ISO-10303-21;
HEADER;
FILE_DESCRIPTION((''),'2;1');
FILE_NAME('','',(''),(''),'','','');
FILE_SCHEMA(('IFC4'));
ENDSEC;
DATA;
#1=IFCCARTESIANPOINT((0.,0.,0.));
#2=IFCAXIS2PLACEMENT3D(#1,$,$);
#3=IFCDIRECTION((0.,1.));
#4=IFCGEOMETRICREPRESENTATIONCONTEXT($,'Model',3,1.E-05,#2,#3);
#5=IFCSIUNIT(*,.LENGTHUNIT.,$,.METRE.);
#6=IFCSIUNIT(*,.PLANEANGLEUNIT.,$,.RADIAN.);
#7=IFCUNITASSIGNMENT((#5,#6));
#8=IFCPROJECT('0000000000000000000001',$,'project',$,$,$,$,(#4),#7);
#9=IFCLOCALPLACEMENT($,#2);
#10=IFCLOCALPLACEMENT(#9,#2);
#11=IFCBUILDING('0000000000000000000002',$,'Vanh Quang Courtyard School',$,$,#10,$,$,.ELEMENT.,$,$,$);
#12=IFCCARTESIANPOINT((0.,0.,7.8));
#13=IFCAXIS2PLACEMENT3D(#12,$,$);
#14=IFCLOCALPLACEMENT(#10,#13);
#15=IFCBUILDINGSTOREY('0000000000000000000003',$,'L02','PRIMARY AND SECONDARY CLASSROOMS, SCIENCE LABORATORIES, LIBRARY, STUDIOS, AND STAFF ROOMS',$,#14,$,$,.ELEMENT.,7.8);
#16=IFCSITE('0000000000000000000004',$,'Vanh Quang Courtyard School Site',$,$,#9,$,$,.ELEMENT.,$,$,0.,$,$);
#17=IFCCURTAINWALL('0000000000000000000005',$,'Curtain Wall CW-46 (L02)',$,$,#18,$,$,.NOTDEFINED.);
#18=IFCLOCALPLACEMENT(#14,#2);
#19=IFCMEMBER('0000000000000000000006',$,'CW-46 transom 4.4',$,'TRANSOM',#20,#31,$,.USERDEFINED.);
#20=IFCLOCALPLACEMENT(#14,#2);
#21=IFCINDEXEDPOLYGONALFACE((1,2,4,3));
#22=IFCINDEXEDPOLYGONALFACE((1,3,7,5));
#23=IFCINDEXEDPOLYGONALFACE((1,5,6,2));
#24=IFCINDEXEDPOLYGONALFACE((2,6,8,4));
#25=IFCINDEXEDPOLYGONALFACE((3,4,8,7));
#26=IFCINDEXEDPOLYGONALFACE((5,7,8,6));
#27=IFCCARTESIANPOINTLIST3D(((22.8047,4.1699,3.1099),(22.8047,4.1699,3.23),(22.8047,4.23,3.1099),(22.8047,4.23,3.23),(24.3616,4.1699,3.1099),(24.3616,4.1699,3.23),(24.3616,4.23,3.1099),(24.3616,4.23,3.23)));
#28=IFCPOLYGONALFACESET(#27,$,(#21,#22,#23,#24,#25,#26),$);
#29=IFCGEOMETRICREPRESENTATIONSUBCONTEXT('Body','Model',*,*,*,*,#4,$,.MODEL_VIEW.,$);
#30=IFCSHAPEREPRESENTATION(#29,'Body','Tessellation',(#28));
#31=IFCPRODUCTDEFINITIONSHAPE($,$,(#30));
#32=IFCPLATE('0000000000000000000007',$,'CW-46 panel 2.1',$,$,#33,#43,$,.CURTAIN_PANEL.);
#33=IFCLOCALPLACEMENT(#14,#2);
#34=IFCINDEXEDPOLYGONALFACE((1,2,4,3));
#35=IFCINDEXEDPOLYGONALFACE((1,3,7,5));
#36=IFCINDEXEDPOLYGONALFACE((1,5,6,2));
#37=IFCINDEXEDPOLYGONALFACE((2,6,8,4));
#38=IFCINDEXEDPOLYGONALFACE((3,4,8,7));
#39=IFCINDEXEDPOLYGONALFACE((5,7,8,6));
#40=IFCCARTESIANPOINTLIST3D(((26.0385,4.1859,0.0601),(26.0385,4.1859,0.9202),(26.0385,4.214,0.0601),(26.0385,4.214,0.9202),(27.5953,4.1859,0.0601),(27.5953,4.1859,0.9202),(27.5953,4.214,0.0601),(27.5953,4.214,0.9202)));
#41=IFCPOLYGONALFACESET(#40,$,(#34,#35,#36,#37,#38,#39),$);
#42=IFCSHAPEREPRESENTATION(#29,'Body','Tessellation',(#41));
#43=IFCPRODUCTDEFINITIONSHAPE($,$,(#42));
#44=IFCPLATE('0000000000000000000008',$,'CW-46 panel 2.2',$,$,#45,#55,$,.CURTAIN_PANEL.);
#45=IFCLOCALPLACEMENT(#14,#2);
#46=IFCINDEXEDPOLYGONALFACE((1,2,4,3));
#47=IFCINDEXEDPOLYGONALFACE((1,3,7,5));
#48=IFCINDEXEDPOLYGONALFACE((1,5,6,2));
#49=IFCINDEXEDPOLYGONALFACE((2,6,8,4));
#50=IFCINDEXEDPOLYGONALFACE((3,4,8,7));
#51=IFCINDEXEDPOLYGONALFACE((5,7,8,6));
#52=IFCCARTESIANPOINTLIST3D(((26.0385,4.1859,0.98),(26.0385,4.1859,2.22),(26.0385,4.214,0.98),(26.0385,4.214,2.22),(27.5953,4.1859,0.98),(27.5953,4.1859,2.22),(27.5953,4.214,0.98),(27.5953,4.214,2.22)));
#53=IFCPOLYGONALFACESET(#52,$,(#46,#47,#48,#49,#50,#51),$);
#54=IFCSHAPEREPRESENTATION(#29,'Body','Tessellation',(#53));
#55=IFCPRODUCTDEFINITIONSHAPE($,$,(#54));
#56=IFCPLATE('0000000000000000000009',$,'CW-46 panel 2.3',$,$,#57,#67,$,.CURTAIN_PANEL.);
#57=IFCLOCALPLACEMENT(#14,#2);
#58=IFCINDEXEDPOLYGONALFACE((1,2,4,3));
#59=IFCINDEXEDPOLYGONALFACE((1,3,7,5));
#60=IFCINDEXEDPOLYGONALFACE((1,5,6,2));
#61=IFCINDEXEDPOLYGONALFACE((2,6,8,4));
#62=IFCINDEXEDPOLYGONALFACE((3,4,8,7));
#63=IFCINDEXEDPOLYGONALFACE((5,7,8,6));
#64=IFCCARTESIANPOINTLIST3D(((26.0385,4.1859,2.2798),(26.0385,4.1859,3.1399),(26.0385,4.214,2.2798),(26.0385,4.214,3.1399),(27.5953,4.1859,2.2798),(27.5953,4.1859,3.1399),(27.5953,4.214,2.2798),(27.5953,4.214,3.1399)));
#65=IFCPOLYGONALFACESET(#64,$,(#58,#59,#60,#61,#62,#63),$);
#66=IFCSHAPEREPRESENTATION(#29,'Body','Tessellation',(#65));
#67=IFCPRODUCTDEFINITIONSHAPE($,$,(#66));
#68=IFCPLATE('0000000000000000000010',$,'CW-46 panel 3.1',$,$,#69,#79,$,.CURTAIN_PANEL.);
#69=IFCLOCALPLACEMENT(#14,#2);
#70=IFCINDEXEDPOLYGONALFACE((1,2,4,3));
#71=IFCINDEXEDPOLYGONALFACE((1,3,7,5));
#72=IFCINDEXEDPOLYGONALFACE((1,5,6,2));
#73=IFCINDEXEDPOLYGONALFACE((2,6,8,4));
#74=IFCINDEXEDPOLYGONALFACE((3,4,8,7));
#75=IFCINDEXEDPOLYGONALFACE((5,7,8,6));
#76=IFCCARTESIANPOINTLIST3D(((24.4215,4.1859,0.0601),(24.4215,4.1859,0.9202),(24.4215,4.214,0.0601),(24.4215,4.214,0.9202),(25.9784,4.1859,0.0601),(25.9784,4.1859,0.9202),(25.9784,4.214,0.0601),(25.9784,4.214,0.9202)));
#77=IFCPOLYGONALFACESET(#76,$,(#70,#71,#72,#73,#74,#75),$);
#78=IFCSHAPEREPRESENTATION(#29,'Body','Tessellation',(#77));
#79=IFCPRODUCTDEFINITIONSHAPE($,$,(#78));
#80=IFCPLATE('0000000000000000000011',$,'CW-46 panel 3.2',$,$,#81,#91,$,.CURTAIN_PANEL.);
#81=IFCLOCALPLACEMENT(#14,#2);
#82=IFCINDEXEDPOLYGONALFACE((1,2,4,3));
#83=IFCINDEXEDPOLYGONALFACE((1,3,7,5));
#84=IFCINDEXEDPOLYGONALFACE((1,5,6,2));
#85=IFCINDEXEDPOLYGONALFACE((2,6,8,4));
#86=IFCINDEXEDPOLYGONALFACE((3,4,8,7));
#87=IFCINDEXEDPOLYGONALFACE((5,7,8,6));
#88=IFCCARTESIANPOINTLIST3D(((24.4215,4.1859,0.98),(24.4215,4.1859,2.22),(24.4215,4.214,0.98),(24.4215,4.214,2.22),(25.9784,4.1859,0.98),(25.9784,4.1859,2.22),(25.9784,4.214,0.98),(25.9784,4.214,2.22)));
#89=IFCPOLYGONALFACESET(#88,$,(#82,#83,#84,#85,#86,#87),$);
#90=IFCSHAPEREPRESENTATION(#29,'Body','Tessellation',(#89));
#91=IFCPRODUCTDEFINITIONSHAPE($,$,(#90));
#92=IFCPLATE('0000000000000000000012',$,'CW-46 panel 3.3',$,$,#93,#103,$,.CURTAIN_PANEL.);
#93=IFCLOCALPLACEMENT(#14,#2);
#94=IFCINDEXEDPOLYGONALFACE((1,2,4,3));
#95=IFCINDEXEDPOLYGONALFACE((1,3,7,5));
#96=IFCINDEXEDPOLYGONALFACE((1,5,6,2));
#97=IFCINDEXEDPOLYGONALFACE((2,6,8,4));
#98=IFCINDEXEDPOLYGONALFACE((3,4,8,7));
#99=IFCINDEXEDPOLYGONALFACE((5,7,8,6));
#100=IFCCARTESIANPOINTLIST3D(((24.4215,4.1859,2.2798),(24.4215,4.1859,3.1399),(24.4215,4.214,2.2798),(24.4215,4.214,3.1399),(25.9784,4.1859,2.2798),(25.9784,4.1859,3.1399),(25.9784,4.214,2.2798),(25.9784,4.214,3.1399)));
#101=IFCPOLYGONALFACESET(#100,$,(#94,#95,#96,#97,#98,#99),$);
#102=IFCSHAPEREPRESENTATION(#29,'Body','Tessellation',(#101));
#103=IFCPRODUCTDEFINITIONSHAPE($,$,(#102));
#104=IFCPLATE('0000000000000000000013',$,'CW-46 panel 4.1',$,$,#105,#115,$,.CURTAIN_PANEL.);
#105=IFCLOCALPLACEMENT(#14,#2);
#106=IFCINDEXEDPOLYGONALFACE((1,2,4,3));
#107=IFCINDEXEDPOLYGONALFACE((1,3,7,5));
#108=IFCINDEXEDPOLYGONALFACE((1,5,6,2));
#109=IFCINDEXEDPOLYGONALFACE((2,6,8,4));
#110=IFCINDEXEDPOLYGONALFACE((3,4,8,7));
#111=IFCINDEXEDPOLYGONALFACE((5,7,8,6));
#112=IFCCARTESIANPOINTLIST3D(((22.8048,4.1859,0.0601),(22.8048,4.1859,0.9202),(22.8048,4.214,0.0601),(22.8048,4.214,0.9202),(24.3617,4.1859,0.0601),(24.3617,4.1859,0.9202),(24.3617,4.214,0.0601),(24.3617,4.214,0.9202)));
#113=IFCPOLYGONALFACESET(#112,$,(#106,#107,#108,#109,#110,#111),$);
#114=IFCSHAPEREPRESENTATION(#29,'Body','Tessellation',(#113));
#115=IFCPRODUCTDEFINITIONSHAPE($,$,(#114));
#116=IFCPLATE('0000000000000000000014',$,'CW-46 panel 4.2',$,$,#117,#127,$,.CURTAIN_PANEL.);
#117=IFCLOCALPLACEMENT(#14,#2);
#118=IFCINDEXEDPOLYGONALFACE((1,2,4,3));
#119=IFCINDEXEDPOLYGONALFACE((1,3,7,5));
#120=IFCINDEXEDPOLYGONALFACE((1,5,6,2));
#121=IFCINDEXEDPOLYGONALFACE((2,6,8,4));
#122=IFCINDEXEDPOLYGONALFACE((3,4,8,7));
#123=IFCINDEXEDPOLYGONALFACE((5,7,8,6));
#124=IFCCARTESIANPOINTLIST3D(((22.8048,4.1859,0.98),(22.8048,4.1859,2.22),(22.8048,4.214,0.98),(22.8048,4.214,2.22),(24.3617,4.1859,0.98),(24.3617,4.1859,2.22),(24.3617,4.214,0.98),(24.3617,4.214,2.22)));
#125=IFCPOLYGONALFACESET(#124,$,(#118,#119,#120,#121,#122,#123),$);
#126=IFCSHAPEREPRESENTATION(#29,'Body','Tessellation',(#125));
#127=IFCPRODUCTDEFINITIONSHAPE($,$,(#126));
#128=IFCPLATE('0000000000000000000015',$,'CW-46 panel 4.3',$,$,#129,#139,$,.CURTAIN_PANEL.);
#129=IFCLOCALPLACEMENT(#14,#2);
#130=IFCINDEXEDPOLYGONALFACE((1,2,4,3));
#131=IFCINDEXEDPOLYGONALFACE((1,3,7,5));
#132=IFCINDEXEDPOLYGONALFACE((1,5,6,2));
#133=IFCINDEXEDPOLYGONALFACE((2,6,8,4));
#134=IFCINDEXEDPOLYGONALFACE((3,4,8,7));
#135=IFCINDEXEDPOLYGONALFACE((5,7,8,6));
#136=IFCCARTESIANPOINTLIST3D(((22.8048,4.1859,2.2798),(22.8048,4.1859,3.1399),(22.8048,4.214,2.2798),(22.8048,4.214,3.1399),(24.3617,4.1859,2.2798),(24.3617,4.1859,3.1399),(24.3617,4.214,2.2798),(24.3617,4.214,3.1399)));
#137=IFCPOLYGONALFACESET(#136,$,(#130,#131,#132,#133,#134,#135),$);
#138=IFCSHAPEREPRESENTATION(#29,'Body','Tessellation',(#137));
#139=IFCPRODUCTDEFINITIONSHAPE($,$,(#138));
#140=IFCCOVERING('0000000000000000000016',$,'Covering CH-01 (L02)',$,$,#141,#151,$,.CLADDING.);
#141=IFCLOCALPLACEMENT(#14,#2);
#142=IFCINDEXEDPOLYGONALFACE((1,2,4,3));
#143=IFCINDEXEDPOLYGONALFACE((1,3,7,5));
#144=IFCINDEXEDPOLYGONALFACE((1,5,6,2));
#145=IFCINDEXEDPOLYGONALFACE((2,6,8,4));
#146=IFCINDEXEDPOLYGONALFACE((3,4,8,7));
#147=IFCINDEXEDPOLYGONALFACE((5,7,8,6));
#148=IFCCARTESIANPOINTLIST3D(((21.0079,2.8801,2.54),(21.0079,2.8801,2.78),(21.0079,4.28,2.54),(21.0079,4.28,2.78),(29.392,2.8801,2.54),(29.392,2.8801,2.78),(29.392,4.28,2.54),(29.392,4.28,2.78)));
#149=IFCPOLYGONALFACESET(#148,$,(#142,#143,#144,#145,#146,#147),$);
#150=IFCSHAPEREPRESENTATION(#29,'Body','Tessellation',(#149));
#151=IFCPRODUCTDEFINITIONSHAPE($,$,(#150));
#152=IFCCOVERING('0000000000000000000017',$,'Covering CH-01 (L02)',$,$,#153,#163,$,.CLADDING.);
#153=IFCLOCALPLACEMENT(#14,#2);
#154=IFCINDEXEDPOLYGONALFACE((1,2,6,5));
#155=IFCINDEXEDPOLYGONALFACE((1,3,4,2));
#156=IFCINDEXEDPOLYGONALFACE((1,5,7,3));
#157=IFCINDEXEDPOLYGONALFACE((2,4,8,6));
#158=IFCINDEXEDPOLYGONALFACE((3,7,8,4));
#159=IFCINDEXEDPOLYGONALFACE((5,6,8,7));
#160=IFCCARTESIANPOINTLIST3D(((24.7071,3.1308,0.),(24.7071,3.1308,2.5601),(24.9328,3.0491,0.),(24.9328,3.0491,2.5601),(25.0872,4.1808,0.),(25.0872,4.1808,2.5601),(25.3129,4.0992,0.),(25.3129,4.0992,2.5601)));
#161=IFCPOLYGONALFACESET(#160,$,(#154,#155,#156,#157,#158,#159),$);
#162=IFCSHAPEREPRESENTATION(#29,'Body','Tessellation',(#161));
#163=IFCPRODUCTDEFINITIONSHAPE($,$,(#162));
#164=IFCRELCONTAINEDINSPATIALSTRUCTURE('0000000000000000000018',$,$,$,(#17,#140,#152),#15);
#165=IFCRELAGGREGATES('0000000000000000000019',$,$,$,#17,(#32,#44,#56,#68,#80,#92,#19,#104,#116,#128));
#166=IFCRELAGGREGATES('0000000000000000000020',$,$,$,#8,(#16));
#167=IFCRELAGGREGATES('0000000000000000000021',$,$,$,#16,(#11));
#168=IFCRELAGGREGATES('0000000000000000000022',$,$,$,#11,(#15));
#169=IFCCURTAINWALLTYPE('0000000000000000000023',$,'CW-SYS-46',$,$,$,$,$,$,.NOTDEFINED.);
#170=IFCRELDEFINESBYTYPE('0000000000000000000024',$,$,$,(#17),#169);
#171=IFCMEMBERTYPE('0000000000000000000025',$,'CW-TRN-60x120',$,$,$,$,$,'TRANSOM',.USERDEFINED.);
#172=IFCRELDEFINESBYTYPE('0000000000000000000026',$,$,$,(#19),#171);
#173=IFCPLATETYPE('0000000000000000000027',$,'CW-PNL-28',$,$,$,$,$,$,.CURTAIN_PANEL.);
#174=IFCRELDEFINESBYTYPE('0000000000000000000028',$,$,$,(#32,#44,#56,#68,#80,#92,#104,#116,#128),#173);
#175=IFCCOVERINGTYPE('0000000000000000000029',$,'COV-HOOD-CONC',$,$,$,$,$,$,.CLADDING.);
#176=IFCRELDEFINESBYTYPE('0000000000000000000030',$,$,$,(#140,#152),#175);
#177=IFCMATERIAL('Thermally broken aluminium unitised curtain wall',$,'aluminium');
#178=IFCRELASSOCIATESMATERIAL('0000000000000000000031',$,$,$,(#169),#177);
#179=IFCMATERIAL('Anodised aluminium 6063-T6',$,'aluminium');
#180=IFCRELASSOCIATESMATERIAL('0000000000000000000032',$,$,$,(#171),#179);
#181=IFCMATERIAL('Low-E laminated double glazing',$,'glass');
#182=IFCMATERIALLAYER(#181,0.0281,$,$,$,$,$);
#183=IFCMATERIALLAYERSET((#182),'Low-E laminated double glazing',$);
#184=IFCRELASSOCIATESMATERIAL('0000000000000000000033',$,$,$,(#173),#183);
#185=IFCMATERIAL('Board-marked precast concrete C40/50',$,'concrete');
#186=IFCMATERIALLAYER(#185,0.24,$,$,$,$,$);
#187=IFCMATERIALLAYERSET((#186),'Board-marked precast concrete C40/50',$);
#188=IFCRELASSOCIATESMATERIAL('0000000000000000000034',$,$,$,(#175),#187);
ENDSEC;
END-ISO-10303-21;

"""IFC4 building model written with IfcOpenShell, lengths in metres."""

from ifc_helpers import new_model, si_unit, direction, frame, origin, origin_2d, place, context, subcontext, project, spatial, rectangle, extrude, material, layer, layer_set, material_profile, profile_set, type_object, element, aggregate, save


model = new_model("IFC4")

# Units and contexts
model_context = context("Model", 3, precision=1e-05, world=origin(), true_north=direction((0.0, 1.0)))
body_context = subcontext(model_context, "Body", "Model", "MODEL_VIEW")
ifc_project = project(units=[si_unit("LENGTHUNIT", "METRE"), si_unit("PLANEANGLEUNIT", "RADIAN")], contexts=[model_context])

# Site, building, storey
site_placement = place(None, origin())
site = spatial("IfcSite", under=ifc_project, at=site_placement, Name="Vanh Quang Courtyard School Site", CompositionType="ELEMENT", RefElevation=0.0)
building_placement = place(site_placement, origin())
building = spatial("IfcBuilding", under=site, at=building_placement, Name="Vanh Quang Courtyard School", CompositionType="ELEMENT")
storey_placement = place(building_placement, frame((0.0, 0.0, 7.8)))
storey = spatial("IfcBuildingStorey", under=building, at=storey_placement, Name="L02", Description="PRIMARY AND SECONDARY CLASSROOMS, SCIENCE LABORATORIES, LIBRARY, STUDIOS, AND STAFF ROOMS", CompositionType="ELEMENT", Elevation=7.8)

# Curtain wall, member, plates
ifc_material_1 = material(Name="Thermally broken aluminium unitised curtain wall", Category="aluminium")
curtain_wall_type = type_object("IfcCurtainWallType", Name="CW-SYS-46", PredefinedType="NOTDEFINED", material=ifc_material_1)
curtain_wall_placement = place(storey_placement, origin())
curtain_wall = element("IfcCurtainWall", 1, at=curtain_wall_placement, inside=storey, type_object=curtain_wall_type, Name="Curtain Wall CW-46 (L02)", PredefinedType="NOTDEFINED")
ifc_material_2 = material(Name="Anodised aluminium 6063-T6", Category="aluminium")
ifc_material_profile_1 = material_profile(ifc_material_2, rectangle(XDim=0.0601, YDim=0.1201, at=origin_2d()), Name="ALU-TRN 60x120")
ifc_profile_set_1 = profile_set([ifc_material_profile_1], Name="Anodised aluminium 6063-T6")
member_type_1 = type_object("IfcMemberType", Name="CW-TRN-60x120", ElementType="TRANSOM", PredefinedType="USERDEFINED", material=ifc_profile_set_1)
member_1_placement = place(storey_placement, frame((24.3616, 4.2, 3.1699), z_axis=(-1.0, 0.0, 0.0), x_axis=(0.0, -1.0, 0.0)))
member_1 = element("IfcMember", 2, at=member_1_placement, type_object=member_type_1, Name="CW-46 transom 4.4", ObjectType="TRANSOM", PredefinedType="USERDEFINED", context=body_context, shape_type="SweptSolid", body=[
    extrude(rectangle(XDim=0.0601, YDim=0.1201, at=origin_2d()), origin(), (0.0, 0.0, 1.0), 1.5569),
])
ifc_material_3 = material(Name="Low-E laminated double glazing", Category="glass")
ifc_layer_1 = layer(ifc_material_3, 0.0281)
ifc_layer_set_1 = layer_set([ifc_layer_1], Name="Low-E laminated double glazing")
plate_type = type_object("IfcPlateType", Name="CW-PNL-28", PredefinedType="CURTAIN_PANEL", material=ifc_layer_set_1)
plate_1_placement = place(storey_placement, frame((26.8169, 4.2, 0.0601), z_axis=(0.0, 0.0, 1.0), x_axis=(-1.0, 0.0, 0.0)))
plate_1 = element("IfcPlate", 3, at=plate_1_placement, type_object=plate_type, Name="CW-46 panel 2.1", PredefinedType="CURTAIN_PANEL", context=body_context, shape_type="SweptSolid", body=[
    extrude(rectangle(XDim=1.5569, YDim=0.0281, at=origin_2d()), origin(), (0.0, 0.0, 1.0), 0.8601),
])
plate_2_placement = place(storey_placement, frame((26.8169, 4.2, 0.98), z_axis=(0.0, 0.0, 1.0), x_axis=(-1.0, 0.0, 0.0)))
plate_2 = element("IfcPlate", 4, at=plate_2_placement, type_object=plate_type, Name="CW-46 panel 2.2", PredefinedType="CURTAIN_PANEL", context=body_context, shape_type="SweptSolid", body=[
    extrude(rectangle(XDim=1.5569, YDim=0.0281, at=origin_2d()), origin(), (0.0, 0.0, 1.0), 1.24),
])
plate_3_placement = place(storey_placement, frame((26.8169, 4.2, 2.2798), z_axis=(0.0, 0.0, 1.0), x_axis=(-1.0, 0.0, 0.0)))
plate_3 = element("IfcPlate", 5, at=plate_3_placement, type_object=plate_type, Name="CW-46 panel 2.3", PredefinedType="CURTAIN_PANEL", context=body_context, shape_type="SweptSolid", body=[
    extrude(rectangle(XDim=1.5569, YDim=0.0281, at=origin_2d()), origin(), (0.0, 0.0, 1.0), 0.8601),
])
plate_4_placement = place(storey_placement, frame((25.2, 4.2, 0.0601), z_axis=(0.0, 0.0, 1.0), x_axis=(-1.0, 0.0, 0.0)))
plate_4 = element("IfcPlate", 6, at=plate_4_placement, type_object=plate_type, Name="CW-46 panel 3.1", PredefinedType="CURTAIN_PANEL", context=body_context, shape_type="SweptSolid", body=[
    extrude(rectangle(XDim=1.5569, YDim=0.0281, at=origin_2d()), origin(), (0.0, 0.0, 1.0), 0.8601),
])
plate_5_placement = place(storey_placement, frame((25.2, 4.2, 0.98), z_axis=(0.0, 0.0, 1.0), x_axis=(-1.0, 0.0, 0.0)))
plate_5 = element("IfcPlate", 7, at=plate_5_placement, type_object=plate_type, Name="CW-46 panel 3.2", PredefinedType="CURTAIN_PANEL", context=body_context, shape_type="SweptSolid", body=[
    extrude(rectangle(XDim=1.5569, YDim=0.0281, at=origin_2d()), origin(), (0.0, 0.0, 1.0), 1.24),
])
plate_6_placement = place(storey_placement, frame((25.2, 4.2, 2.2798), z_axis=(0.0, 0.0, 1.0), x_axis=(-1.0, 0.0, 0.0)))
plate_6 = element("IfcPlate", 8, at=plate_6_placement, type_object=plate_type, Name="CW-46 panel 3.3", PredefinedType="CURTAIN_PANEL", context=body_context, shape_type="SweptSolid", body=[
    extrude(rectangle(XDim=1.5569, YDim=0.0281, at=origin_2d()), origin(), (0.0, 0.0, 1.0), 0.8601),
])
plate_7_placement = place(storey_placement, frame((23.5833, 4.2, 0.0601), z_axis=(0.0, 0.0, 1.0), x_axis=(-1.0, 0.0, 0.0)))
plate_7 = element("IfcPlate", 9, at=plate_7_placement, type_object=plate_type, Name="CW-46 panel 4.1", PredefinedType="CURTAIN_PANEL", context=body_context, shape_type="SweptSolid", body=[
    extrude(rectangle(XDim=1.5569, YDim=0.0281, at=origin_2d()), origin(), (0.0, 0.0, 1.0), 0.8601),
])
plate_8_placement = place(storey_placement, frame((23.5833, 4.2, 0.98), z_axis=(0.0, 0.0, 1.0), x_axis=(-1.0, 0.0, 0.0)))
plate_8 = element("IfcPlate", 10, at=plate_8_placement, type_object=plate_type, Name="CW-46 panel 4.2", PredefinedType="CURTAIN_PANEL", context=body_context, shape_type="SweptSolid", body=[
    extrude(rectangle(XDim=1.5569, YDim=0.0281, at=origin_2d()), origin(), (0.0, 0.0, 1.0), 1.24),
])
plate_9_placement = place(storey_placement, frame((23.5833, 4.2, 2.2798), z_axis=(0.0, 0.0, 1.0), x_axis=(-1.0, 0.0, 0.0)))
plate_9 = element("IfcPlate", 11, at=plate_9_placement, type_object=plate_type, Name="CW-46 panel 4.3", PredefinedType="CURTAIN_PANEL", context=body_context, shape_type="SweptSolid", body=[
    extrude(rectangle(XDim=1.5569, YDim=0.0281, at=origin_2d()), origin(), (0.0, 0.0, 1.0), 0.8601),
])
aggregate(curtain_wall, [plate_1, plate_2, plate_3, plate_4, plate_5, plate_6, member_1, plate_7, plate_8, plate_9])

# Coverings
ifc_material_4 = material(Name="Board-marked precast concrete C40/50", Category="concrete")
ifc_layer_2 = layer(ifc_material_4, 0.24)
ifc_layer_set_2 = layer_set([ifc_layer_2], Name="Board-marked precast concrete C40/50")
covering_type = type_object("IfcCoveringType", Name="COV-HOOD-CONC", PredefinedType="CLADDING", material=ifc_layer_set_2)
covering_1_placement = place(storey_placement, frame((25.2, 3.5801, 2.54), z_axis=(0.0, 0.0, 1.0), x_axis=(-1.0, 0.0, 0.0)))
element("IfcCovering", 12, at=covering_1_placement, inside=storey, type_object=covering_type, Name="Covering CH-01 (L02)", PredefinedType="CLADDING", context=body_context, shape_type="SweptSolid", body=[
    extrude(rectangle(XDim=8.384, YDim=1.3999, at=origin_2d()), origin(), (0.0, 0.0, 1.0), 0.24),
])
covering_2_placement = place(storey_placement, frame((25.01, 3.615, 0.0), z_axis=(0.0, 0.0, 1.0), x_axis=(-0.34038, -0.940288, 0.0)))
element("IfcCovering", 13, at=covering_2_placement, inside=storey, type_object=covering_type, Name="Covering CH-01 (L02)", PredefinedType="CLADDING", context=body_context, shape_type="SweptSolid", body=[
    extrude(rectangle(XDim=1.1167, YDim=0.24, at=origin_2d()), origin(), (0.0, 0.0, 1.0), 2.5601),
])

save(model, "model.ifc")
